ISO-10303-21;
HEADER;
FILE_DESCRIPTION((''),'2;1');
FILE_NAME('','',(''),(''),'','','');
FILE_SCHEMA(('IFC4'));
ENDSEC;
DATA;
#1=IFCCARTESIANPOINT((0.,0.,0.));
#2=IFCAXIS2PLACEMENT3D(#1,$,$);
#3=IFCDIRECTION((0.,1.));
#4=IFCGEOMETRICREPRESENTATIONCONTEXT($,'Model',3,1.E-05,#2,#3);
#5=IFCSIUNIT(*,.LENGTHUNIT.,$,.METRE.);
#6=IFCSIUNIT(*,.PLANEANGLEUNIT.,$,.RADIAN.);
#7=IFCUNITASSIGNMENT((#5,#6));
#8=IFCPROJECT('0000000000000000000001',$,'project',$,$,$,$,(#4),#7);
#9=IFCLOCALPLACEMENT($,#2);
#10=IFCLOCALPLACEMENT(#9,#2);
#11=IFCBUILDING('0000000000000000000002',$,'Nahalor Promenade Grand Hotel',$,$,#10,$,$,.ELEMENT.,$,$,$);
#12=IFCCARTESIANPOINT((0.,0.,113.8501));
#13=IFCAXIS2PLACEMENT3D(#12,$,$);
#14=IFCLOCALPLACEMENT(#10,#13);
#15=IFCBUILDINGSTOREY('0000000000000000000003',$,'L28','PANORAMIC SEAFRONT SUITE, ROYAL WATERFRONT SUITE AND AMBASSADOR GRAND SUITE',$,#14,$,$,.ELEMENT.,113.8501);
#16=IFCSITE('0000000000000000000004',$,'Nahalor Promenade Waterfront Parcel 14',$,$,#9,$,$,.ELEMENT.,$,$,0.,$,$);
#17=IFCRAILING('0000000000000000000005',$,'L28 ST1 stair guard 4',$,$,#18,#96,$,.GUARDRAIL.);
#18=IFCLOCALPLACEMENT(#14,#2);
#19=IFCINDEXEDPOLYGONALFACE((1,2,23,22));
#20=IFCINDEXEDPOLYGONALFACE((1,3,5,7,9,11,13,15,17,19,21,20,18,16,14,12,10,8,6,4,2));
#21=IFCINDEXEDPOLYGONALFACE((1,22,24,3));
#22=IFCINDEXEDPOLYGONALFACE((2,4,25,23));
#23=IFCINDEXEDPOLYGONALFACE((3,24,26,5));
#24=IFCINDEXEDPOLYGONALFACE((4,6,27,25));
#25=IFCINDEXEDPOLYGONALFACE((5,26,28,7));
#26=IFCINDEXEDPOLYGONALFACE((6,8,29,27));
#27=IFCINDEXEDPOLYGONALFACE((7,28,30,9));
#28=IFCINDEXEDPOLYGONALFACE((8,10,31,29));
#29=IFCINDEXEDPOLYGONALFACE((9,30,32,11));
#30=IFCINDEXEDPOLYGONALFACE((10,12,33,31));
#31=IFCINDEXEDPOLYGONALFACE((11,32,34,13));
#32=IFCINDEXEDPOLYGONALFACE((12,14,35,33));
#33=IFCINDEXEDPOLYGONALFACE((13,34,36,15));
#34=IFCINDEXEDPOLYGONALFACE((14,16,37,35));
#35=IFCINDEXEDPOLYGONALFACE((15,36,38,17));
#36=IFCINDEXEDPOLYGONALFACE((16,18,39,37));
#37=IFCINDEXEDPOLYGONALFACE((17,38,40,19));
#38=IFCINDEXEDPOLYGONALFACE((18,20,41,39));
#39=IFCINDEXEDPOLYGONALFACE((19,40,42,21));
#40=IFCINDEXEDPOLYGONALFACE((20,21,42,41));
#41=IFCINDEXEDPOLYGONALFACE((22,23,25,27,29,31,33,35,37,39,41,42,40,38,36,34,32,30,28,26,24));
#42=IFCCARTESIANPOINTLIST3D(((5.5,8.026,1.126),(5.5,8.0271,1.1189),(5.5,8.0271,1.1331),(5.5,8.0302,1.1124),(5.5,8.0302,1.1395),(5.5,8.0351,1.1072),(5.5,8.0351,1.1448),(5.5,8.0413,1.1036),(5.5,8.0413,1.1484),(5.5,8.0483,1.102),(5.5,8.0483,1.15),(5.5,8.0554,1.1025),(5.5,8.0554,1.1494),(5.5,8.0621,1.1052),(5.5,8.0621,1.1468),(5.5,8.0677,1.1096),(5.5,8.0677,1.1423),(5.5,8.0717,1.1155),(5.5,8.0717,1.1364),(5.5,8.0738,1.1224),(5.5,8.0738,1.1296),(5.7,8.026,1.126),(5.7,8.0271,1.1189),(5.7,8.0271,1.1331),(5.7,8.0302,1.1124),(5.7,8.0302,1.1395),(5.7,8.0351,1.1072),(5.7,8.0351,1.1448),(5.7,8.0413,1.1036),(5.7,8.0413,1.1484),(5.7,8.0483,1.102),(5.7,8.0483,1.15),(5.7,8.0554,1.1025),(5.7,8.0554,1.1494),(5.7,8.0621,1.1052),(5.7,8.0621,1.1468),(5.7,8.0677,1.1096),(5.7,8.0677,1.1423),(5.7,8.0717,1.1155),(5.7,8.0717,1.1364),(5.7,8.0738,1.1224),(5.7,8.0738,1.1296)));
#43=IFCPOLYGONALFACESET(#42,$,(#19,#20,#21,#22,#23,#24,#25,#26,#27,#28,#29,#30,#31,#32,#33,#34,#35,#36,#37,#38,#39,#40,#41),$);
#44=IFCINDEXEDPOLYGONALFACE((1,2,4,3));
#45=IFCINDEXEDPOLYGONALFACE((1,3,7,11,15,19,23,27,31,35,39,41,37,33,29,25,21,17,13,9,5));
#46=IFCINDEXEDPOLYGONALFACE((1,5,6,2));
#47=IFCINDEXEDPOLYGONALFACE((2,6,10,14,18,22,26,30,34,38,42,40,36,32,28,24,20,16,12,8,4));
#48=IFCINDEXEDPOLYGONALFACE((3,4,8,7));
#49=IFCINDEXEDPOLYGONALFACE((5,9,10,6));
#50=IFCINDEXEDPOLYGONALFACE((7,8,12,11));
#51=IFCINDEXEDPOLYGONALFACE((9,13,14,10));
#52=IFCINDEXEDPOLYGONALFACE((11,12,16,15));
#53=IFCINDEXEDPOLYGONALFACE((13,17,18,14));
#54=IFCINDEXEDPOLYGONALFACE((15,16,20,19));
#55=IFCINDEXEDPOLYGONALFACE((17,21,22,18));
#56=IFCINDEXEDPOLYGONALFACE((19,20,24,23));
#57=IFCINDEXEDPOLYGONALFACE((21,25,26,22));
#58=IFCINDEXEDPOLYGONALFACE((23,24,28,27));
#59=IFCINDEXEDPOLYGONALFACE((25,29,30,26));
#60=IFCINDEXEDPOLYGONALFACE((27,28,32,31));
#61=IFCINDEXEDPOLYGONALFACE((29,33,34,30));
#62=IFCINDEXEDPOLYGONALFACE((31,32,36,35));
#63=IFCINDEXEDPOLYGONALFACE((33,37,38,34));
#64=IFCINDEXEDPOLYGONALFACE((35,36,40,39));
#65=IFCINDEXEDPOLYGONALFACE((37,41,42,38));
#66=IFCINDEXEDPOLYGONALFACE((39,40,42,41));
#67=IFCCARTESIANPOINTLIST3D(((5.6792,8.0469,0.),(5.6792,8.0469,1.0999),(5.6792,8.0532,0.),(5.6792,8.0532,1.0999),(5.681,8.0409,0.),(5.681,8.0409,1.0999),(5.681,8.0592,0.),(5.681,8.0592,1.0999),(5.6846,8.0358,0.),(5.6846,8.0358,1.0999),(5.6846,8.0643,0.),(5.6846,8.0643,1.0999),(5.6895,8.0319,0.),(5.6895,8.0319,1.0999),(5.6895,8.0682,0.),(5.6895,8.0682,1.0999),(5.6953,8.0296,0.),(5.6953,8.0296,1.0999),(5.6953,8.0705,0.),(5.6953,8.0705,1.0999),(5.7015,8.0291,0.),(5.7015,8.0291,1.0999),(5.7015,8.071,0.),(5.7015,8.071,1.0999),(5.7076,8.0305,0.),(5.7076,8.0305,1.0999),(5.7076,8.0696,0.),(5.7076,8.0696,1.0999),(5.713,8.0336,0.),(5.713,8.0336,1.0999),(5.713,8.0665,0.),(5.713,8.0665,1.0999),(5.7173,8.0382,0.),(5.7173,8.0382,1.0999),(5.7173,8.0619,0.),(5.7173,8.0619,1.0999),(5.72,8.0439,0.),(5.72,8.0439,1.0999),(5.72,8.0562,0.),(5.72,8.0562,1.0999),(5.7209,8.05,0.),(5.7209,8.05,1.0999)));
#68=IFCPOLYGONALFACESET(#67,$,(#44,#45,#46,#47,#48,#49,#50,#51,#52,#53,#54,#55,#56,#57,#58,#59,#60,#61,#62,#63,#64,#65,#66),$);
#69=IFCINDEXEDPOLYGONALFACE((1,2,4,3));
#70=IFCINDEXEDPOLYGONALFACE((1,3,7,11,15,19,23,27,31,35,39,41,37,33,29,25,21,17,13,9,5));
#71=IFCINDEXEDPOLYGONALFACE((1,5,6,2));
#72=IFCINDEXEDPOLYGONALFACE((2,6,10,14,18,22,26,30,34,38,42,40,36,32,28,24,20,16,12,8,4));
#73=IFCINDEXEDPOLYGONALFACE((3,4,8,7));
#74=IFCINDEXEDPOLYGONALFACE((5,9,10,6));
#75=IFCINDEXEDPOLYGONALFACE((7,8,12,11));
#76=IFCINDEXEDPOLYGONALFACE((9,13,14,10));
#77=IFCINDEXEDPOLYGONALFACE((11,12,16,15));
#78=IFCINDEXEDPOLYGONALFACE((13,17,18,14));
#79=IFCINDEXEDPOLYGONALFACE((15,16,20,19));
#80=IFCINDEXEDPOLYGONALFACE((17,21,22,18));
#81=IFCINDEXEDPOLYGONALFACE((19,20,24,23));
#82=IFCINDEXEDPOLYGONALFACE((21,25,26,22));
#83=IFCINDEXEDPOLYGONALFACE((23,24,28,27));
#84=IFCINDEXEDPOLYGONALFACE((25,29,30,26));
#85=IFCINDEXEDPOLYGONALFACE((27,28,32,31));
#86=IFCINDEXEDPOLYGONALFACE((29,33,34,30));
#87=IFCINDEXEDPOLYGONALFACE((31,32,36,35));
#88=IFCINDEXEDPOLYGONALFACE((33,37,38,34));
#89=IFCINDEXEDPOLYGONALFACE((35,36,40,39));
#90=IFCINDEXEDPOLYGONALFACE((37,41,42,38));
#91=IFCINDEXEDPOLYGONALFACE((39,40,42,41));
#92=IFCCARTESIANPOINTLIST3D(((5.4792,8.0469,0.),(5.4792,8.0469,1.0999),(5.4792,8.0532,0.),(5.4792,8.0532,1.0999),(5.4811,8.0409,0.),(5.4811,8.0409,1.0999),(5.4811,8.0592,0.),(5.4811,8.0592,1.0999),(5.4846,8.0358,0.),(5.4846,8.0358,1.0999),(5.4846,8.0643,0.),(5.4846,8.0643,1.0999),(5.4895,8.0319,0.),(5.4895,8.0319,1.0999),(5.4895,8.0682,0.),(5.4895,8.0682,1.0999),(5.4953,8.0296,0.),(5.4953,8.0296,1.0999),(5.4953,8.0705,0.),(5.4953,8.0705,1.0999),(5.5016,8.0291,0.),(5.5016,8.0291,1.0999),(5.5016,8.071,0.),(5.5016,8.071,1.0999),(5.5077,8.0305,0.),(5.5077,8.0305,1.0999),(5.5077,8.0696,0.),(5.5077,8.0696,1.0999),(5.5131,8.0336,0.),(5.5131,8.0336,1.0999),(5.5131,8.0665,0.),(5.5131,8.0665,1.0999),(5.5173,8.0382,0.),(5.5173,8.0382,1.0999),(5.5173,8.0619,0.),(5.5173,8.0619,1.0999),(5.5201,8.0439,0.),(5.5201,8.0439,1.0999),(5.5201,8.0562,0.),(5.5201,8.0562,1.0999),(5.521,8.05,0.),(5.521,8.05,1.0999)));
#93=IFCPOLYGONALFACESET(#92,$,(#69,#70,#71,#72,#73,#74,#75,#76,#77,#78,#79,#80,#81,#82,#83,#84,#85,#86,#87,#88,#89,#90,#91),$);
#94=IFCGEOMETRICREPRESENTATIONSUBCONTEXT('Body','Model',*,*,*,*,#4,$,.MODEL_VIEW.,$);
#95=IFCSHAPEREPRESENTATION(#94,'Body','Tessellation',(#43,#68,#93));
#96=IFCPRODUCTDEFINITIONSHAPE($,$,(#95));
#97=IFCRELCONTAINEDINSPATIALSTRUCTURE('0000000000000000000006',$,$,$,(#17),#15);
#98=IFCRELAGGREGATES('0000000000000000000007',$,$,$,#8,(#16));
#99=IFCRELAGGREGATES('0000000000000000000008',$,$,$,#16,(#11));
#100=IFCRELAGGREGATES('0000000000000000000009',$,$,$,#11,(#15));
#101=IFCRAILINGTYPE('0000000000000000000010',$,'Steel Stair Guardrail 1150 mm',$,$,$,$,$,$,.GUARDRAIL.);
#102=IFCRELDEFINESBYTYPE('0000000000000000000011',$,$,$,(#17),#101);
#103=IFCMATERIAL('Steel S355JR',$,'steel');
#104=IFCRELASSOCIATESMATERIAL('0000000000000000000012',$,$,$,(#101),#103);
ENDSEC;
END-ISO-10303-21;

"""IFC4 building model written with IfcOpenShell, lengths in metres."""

from ifc_helpers import new_model, si_unit, direction, frame, origin, origin_2d, place, context, subcontext, project, spatial, circle, extrude, material, type_object, element, save


model = new_model("IFC4")

# Units and contexts
model_context = context("Model", 3, precision=1e-05, world=origin(), true_north=direction((0.0, 1.0)))
body_context = subcontext(model_context, "Body", "Model", "MODEL_VIEW")
ifc_project = project(units=[si_unit("LENGTHUNIT", "METRE"), si_unit("PLANEANGLEUNIT", "RADIAN")], contexts=[model_context])

# Site, building, storey
site_placement = place(None, origin())
site = spatial("IfcSite", under=ifc_project, at=site_placement, Name="Nahalor Promenade Waterfront Parcel 14", CompositionType="ELEMENT", RefElevation=0.0)
building_placement = place(site_placement, origin())
building = spatial("IfcBuilding", under=site, at=building_placement, Name="Nahalor Promenade Grand Hotel", CompositionType="ELEMENT")
storey_placement = place(building_placement, frame((0.0, 0.0, 113.8501)))
storey = spatial("IfcBuildingStorey", under=building, at=storey_placement, Name="L28", Description="PANORAMIC SEAFRONT SUITE, ROYAL WATERFRONT SUITE AND AMBASSADOR GRAND SUITE", CompositionType="ELEMENT", Elevation=113.8501)

# Shared definitions
ifc_material_1 = material(Name="Steel S355JR", Category="steel")

# Railing
railing_type_1 = type_object("IfcRailingType", Name="Steel Stair Guardrail 1150 mm", PredefinedType="GUARDRAIL", material=ifc_material_1)
railing_1_placement = place(storey_placement, frame((5.7, 8.05, 0.0)))
element("IfcRailing", 1, at=railing_1_placement, inside=storey, type_object=railing_type_1, Name="L28 ST1 stair guard 4", PredefinedType="GUARDRAIL", context=body_context, shape_type="SweptSolid", body=[
    extrude(circle(Radius=0.024, at=origin_2d()), frame((0.0, 0.0, 1.126), z_axis=(-1.0, 0.0, 0.0), x_axis=(0.0, -1.0, 0.0)), (0.0, 0.0, 1.0), 0.2),
    extrude(circle(Radius=0.021, at=origin_2d()), origin(), (0.0, 0.0, 1.0), 1.0999),
    extrude(circle(Radius=0.021, at=origin_2d()), frame((-0.2, 0.0, 0.0)), (0.0, 0.0, 1.0), 1.0999),
])

save(model, "model.ifc")
